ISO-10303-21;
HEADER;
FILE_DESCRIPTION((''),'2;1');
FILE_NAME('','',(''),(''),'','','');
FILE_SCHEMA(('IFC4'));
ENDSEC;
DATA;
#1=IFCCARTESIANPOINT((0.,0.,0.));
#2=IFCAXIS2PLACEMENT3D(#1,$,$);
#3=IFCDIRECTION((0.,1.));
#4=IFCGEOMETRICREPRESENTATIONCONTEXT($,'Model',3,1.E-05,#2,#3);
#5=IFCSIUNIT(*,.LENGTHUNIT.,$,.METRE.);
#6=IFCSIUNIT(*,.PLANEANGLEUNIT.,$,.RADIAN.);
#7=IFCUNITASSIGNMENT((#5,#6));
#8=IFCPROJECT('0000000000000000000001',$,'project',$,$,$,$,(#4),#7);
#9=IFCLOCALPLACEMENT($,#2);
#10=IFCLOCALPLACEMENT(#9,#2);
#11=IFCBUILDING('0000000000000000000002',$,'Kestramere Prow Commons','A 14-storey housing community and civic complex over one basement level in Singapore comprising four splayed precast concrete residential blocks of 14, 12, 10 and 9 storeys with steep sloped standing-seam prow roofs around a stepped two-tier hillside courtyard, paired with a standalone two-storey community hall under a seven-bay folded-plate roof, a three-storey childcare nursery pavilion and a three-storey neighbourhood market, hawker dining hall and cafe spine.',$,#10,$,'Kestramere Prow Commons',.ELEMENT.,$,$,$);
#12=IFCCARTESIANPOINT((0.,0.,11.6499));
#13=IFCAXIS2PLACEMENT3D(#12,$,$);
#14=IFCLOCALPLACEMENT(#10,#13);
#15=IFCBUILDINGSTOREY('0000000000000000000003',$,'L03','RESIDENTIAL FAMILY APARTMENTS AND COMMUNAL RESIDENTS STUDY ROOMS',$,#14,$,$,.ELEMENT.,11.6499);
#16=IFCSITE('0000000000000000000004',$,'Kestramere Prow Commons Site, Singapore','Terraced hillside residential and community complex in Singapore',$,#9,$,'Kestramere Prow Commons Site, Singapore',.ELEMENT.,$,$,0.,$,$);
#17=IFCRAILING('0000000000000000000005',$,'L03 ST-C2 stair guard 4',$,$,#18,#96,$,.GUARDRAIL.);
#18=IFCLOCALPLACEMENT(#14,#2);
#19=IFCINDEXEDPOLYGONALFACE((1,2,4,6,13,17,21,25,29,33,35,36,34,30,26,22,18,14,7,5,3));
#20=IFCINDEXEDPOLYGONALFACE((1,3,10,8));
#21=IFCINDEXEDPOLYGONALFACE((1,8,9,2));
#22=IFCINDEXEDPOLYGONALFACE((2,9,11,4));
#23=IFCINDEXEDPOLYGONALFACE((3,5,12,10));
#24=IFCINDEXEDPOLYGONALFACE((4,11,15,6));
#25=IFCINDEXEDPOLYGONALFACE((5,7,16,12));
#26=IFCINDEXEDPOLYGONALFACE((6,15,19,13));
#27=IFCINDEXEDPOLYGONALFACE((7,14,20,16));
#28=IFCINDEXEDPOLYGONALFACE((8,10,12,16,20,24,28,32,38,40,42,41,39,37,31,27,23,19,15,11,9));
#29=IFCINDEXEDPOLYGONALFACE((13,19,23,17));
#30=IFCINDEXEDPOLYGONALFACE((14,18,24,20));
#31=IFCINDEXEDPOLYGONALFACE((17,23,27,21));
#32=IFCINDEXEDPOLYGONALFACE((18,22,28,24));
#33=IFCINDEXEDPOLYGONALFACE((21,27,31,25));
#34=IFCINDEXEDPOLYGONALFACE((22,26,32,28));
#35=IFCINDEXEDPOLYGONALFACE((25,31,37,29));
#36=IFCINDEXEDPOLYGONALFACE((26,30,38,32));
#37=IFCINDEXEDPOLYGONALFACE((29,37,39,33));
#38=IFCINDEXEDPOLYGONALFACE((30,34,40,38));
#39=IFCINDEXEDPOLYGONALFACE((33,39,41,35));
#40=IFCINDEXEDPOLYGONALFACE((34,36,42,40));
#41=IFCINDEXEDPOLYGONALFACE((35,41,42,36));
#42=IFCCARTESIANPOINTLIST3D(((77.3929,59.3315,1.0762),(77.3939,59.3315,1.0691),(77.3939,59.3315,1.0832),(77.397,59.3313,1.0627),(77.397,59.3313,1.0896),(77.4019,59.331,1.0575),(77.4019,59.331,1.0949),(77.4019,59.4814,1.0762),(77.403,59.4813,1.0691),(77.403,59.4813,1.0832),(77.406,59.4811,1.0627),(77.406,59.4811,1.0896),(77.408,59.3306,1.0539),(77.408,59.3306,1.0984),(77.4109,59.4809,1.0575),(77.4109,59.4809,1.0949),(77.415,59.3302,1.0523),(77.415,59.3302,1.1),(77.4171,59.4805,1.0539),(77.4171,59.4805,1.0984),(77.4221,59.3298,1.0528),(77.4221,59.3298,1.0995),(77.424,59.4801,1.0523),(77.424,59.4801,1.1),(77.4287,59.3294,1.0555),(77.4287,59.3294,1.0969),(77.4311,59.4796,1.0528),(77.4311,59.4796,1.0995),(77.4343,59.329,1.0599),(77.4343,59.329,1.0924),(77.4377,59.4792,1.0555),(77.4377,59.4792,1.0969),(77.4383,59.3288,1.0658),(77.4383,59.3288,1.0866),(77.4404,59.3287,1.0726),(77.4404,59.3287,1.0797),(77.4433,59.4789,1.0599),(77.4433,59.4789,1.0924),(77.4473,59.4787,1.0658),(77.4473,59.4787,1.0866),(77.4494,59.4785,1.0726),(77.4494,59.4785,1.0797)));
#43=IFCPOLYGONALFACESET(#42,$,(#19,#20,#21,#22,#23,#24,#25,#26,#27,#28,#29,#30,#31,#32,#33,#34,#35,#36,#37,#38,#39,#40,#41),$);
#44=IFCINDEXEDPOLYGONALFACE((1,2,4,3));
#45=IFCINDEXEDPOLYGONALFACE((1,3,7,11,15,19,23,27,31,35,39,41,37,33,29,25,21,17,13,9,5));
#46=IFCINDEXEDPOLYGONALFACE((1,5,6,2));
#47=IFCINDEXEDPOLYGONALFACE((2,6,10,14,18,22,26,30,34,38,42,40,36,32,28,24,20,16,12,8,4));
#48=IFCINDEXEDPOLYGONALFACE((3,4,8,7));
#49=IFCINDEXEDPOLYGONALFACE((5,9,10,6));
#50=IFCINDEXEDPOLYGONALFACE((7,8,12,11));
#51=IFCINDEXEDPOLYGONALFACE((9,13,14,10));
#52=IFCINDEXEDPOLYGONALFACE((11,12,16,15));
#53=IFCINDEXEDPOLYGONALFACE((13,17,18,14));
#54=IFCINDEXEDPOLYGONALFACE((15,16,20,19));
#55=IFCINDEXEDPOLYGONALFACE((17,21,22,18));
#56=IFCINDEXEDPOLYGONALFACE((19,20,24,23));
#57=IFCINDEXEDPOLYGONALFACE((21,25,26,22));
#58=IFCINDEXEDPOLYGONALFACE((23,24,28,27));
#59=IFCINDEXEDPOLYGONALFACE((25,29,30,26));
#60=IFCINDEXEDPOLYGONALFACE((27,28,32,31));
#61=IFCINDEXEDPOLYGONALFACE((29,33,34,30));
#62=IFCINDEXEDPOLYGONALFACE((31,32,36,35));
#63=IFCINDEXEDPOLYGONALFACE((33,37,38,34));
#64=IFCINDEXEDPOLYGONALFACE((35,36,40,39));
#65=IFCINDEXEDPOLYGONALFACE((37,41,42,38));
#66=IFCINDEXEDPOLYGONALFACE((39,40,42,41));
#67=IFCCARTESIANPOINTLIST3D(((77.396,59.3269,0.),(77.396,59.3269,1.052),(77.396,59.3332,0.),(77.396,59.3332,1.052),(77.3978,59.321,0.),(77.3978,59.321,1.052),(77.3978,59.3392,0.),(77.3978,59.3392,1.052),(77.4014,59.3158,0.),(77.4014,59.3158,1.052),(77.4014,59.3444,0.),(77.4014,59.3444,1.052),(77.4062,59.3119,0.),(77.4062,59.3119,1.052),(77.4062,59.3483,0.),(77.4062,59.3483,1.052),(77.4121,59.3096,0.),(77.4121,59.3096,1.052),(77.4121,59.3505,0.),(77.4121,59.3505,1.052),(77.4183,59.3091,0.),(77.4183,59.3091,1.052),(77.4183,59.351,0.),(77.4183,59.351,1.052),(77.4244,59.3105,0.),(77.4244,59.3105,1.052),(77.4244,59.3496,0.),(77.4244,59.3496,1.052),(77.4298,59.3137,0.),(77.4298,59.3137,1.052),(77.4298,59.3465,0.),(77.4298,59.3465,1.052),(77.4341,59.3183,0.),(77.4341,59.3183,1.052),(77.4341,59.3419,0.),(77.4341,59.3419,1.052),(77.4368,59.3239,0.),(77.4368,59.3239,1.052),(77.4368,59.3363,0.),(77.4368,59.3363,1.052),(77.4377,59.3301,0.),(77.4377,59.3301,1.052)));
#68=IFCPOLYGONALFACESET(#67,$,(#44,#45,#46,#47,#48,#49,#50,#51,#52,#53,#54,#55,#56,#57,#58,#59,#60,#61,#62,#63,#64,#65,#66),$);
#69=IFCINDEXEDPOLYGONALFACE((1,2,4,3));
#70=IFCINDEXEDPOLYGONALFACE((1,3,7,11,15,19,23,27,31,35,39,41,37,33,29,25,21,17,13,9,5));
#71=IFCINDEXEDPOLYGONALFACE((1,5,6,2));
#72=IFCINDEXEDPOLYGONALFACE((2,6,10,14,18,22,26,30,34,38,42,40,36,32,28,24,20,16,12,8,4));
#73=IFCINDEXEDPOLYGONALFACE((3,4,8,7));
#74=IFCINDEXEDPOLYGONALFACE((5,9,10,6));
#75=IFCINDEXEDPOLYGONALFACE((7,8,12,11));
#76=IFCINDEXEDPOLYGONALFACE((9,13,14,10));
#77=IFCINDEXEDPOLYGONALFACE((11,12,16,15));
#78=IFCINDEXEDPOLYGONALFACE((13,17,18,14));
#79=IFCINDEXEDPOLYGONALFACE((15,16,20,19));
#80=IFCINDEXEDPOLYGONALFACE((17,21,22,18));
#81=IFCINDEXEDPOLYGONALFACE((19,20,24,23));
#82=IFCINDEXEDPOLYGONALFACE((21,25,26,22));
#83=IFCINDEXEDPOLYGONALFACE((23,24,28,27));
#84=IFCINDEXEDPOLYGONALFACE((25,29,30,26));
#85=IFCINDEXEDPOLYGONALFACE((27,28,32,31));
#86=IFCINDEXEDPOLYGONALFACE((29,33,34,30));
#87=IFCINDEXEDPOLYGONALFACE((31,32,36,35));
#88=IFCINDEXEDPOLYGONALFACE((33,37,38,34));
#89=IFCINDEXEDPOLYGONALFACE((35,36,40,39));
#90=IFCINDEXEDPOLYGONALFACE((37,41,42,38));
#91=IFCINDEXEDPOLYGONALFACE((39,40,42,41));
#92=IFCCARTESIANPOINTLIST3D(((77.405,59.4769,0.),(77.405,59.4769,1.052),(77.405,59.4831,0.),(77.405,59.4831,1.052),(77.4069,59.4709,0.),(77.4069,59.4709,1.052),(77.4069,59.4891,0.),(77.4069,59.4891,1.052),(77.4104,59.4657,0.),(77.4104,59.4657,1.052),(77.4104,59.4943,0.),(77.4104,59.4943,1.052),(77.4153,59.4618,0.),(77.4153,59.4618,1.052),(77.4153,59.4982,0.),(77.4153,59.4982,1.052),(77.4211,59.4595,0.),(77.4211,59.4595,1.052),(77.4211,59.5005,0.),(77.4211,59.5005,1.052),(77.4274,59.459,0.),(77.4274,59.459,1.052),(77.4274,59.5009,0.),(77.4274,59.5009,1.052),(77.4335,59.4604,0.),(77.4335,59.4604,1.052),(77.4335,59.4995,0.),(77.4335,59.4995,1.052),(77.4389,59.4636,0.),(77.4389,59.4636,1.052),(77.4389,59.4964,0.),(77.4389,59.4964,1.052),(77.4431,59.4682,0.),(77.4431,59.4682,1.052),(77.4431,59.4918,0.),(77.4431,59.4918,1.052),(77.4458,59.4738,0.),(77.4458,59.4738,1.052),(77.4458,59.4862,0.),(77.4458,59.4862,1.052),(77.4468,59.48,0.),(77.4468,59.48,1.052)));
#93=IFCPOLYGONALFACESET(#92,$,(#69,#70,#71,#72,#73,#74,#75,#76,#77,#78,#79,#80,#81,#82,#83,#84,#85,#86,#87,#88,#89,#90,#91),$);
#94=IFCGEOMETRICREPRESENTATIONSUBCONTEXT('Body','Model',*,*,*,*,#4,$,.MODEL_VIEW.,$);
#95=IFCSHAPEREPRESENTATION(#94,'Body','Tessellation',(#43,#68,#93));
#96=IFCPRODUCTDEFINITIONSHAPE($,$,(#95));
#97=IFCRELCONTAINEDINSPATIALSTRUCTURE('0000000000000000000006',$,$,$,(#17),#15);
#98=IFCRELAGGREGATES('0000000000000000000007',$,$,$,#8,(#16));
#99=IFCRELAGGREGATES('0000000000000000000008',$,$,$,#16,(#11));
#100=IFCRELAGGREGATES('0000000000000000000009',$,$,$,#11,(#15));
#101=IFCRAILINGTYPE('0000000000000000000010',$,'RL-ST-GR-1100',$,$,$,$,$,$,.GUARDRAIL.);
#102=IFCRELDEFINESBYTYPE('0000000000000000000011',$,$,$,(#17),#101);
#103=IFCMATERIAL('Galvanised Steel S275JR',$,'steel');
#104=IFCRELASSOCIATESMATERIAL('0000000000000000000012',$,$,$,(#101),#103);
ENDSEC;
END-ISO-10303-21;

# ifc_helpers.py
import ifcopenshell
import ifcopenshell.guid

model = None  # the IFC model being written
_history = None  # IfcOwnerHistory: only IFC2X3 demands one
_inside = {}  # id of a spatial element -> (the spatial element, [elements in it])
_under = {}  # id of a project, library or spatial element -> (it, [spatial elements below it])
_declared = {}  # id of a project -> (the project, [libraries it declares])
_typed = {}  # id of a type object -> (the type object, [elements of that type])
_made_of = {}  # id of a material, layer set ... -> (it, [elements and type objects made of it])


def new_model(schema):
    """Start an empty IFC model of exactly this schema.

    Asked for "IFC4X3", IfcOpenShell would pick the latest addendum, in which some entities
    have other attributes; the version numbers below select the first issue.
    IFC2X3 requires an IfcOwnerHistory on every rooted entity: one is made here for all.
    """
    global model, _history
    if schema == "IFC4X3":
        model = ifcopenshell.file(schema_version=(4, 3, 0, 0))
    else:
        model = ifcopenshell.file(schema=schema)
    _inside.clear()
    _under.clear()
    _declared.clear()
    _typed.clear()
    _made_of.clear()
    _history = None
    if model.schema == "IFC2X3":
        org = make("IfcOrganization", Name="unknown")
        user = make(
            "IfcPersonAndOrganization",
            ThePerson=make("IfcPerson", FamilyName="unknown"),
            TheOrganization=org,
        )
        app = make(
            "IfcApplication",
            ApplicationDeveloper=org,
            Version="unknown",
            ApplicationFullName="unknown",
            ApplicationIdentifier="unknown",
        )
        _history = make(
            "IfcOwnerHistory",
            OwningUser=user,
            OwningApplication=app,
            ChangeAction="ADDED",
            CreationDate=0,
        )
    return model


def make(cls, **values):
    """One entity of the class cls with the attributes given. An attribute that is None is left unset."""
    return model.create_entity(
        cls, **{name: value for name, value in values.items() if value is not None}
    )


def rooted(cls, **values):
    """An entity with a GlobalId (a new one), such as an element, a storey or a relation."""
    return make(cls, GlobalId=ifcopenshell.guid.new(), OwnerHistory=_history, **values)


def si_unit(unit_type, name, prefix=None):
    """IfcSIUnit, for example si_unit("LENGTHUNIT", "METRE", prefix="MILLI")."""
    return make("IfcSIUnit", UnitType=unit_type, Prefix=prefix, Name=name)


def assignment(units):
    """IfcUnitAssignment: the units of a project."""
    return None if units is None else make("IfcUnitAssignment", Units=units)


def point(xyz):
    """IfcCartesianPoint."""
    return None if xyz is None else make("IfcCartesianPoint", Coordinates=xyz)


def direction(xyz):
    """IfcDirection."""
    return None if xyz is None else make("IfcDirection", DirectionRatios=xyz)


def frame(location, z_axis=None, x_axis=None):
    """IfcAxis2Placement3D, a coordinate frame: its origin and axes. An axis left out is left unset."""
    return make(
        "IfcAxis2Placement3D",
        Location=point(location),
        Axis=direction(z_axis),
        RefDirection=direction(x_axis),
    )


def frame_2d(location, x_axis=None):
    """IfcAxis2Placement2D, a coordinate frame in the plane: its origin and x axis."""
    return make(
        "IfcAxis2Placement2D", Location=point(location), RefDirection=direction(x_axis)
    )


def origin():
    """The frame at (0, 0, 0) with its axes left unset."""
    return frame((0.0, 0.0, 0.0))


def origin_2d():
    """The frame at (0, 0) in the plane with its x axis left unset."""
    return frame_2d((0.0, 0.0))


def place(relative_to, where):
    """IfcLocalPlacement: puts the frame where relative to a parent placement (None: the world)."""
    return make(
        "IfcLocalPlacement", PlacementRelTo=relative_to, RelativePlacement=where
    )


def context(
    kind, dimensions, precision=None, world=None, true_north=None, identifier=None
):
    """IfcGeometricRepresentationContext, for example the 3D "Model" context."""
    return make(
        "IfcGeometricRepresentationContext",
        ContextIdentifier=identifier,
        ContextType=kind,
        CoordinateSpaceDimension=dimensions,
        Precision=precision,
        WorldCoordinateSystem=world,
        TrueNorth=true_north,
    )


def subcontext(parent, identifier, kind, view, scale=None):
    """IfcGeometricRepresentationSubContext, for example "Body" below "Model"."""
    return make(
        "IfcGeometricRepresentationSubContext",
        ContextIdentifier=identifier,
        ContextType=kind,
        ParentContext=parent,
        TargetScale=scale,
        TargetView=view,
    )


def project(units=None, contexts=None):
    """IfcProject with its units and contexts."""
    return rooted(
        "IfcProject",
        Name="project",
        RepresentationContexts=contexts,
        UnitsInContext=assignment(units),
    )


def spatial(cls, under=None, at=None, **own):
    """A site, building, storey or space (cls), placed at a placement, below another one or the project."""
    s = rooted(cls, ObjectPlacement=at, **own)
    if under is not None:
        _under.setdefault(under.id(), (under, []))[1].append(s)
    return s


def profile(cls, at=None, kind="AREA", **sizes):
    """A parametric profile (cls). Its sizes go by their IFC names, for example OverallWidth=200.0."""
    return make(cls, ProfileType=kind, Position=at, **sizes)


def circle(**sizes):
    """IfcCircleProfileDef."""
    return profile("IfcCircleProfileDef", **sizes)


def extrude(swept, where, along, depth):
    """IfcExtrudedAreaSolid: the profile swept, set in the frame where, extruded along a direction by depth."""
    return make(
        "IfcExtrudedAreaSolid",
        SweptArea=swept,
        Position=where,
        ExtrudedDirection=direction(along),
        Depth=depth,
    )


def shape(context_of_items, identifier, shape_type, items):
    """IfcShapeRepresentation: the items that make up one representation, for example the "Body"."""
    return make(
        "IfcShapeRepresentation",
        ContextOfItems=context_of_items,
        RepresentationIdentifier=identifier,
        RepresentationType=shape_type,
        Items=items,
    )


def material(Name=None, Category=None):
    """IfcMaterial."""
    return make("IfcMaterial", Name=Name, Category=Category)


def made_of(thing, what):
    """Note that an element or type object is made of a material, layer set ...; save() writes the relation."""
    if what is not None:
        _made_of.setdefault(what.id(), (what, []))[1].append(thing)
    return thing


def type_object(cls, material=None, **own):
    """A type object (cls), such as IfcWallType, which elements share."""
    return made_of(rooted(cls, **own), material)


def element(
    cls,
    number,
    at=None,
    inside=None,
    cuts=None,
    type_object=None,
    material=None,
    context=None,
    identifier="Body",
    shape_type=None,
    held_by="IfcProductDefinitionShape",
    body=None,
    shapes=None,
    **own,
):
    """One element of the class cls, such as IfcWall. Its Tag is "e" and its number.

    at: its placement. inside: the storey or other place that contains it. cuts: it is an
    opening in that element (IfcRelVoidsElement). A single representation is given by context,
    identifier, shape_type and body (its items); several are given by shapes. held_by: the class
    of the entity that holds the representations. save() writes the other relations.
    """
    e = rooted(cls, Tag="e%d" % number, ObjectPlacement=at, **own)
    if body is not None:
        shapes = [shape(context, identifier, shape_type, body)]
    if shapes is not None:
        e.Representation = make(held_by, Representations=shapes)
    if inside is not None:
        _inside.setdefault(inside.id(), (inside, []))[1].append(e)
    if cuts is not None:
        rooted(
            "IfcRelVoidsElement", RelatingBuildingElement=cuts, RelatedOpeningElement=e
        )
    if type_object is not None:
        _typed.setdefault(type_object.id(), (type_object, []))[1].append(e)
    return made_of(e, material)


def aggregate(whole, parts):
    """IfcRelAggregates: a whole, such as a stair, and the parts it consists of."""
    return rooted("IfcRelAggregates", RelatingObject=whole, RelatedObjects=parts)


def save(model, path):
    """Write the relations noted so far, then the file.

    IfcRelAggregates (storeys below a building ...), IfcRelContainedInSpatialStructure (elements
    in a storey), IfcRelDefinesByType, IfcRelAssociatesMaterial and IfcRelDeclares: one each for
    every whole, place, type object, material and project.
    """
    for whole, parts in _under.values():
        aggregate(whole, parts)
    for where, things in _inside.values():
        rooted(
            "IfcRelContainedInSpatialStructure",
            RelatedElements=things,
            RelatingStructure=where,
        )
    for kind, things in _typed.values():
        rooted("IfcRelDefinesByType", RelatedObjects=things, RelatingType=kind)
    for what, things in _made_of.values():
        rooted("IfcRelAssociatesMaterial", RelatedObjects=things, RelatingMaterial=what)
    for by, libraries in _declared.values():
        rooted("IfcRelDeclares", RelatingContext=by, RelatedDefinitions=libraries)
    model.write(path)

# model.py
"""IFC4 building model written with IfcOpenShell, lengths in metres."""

from ifc_helpers import new_model, si_unit, direction, frame, origin, origin_2d, place, context, subcontext, project, spatial, circle, extrude, material, type_object, element, save


model = new_model("IFC4")

# Units and contexts
model_context = context("Model", 3, precision=1e-05, world=origin(), true_north=direction((0.0, 1.0)))
body_context = subcontext(model_context, "Body", "Model", "MODEL_VIEW")
ifc_project = project(units=[si_unit("LENGTHUNIT", "METRE"), si_unit("PLANEANGLEUNIT", "RADIAN")], contexts=[model_context])

# Site, building, storey
site_placement = place(None, origin())
site = spatial("IfcSite", under=ifc_project, at=site_placement, Name="Kestramere Prow Commons Site, Singapore", Description="Terraced hillside residential and community complex in Singapore", LongName="Kestramere Prow Commons Site, Singapore", CompositionType="ELEMENT", RefElevation=0.0)
building_placement = place(site_placement, origin())
building = spatial("IfcBuilding", under=site, at=building_placement, Name="Kestramere Prow Commons", Description="A 14-storey housing community and civic complex over one basement level in Singapore comprising four splayed precast concrete residential blocks of 14, 12, 10 and 9 storeys with steep sloped standing-seam prow roofs around a stepped two-tier hillside courtyard, paired with a standalone two-storey community hall under a seven-bay folded-plate roof, a three-storey childcare nursery pavilion and a three-storey neighbourhood market, hawker dining hall and cafe spine.", LongName="Kestramere Prow Commons", CompositionType="ELEMENT")
storey_placement = place(building_placement, frame((0.0, 0.0, 11.6499)))
storey = spatial("IfcBuildingStorey", under=building, at=storey_placement, Name="L03", Description="RESIDENTIAL FAMILY APARTMENTS AND COMMUNAL RESIDENTS STUDY ROOMS", CompositionType="ELEMENT", Elevation=11.6499)

# Railing
ifc_material_1 = material(Name="Galvanised Steel S275JR", Category="steel")
railing_type_1 = type_object("IfcRailingType", Name="RL-ST-GR-1100", PredefinedType="GUARDRAIL", material=ifc_material_1)
railing_1_placement = place(storey_placement, frame((77.4167, 59.3301, 0.0)))
element("IfcRailing", 1, at=railing_1_placement, inside=storey, type_object=railing_type_1, Name="L03 ST-C2 stair guard 4", PredefinedType="GUARDRAIL", context=body_context, shape_type="SweptSolid", body=[
    extrude(circle(Radius=0.0239, at=origin_2d()), frame((0.0, 0.0, 1.0762), z_axis=(0.060151, 0.998189, 0.0), x_axis=(-0.998189, 0.060151, 0.0)), (0.0, 0.0, 1.0), 0.1501),
    extrude(circle(Radius=0.021, at=origin_2d()), origin(), (0.0, 0.0, 1.0), 1.052),
    extrude(circle(Radius=0.021, at=origin_2d()), frame((0.009, 0.1499, 0.0)), (0.0, 0.0, 1.0), 1.052),
])

save(model, "model.ifc")
